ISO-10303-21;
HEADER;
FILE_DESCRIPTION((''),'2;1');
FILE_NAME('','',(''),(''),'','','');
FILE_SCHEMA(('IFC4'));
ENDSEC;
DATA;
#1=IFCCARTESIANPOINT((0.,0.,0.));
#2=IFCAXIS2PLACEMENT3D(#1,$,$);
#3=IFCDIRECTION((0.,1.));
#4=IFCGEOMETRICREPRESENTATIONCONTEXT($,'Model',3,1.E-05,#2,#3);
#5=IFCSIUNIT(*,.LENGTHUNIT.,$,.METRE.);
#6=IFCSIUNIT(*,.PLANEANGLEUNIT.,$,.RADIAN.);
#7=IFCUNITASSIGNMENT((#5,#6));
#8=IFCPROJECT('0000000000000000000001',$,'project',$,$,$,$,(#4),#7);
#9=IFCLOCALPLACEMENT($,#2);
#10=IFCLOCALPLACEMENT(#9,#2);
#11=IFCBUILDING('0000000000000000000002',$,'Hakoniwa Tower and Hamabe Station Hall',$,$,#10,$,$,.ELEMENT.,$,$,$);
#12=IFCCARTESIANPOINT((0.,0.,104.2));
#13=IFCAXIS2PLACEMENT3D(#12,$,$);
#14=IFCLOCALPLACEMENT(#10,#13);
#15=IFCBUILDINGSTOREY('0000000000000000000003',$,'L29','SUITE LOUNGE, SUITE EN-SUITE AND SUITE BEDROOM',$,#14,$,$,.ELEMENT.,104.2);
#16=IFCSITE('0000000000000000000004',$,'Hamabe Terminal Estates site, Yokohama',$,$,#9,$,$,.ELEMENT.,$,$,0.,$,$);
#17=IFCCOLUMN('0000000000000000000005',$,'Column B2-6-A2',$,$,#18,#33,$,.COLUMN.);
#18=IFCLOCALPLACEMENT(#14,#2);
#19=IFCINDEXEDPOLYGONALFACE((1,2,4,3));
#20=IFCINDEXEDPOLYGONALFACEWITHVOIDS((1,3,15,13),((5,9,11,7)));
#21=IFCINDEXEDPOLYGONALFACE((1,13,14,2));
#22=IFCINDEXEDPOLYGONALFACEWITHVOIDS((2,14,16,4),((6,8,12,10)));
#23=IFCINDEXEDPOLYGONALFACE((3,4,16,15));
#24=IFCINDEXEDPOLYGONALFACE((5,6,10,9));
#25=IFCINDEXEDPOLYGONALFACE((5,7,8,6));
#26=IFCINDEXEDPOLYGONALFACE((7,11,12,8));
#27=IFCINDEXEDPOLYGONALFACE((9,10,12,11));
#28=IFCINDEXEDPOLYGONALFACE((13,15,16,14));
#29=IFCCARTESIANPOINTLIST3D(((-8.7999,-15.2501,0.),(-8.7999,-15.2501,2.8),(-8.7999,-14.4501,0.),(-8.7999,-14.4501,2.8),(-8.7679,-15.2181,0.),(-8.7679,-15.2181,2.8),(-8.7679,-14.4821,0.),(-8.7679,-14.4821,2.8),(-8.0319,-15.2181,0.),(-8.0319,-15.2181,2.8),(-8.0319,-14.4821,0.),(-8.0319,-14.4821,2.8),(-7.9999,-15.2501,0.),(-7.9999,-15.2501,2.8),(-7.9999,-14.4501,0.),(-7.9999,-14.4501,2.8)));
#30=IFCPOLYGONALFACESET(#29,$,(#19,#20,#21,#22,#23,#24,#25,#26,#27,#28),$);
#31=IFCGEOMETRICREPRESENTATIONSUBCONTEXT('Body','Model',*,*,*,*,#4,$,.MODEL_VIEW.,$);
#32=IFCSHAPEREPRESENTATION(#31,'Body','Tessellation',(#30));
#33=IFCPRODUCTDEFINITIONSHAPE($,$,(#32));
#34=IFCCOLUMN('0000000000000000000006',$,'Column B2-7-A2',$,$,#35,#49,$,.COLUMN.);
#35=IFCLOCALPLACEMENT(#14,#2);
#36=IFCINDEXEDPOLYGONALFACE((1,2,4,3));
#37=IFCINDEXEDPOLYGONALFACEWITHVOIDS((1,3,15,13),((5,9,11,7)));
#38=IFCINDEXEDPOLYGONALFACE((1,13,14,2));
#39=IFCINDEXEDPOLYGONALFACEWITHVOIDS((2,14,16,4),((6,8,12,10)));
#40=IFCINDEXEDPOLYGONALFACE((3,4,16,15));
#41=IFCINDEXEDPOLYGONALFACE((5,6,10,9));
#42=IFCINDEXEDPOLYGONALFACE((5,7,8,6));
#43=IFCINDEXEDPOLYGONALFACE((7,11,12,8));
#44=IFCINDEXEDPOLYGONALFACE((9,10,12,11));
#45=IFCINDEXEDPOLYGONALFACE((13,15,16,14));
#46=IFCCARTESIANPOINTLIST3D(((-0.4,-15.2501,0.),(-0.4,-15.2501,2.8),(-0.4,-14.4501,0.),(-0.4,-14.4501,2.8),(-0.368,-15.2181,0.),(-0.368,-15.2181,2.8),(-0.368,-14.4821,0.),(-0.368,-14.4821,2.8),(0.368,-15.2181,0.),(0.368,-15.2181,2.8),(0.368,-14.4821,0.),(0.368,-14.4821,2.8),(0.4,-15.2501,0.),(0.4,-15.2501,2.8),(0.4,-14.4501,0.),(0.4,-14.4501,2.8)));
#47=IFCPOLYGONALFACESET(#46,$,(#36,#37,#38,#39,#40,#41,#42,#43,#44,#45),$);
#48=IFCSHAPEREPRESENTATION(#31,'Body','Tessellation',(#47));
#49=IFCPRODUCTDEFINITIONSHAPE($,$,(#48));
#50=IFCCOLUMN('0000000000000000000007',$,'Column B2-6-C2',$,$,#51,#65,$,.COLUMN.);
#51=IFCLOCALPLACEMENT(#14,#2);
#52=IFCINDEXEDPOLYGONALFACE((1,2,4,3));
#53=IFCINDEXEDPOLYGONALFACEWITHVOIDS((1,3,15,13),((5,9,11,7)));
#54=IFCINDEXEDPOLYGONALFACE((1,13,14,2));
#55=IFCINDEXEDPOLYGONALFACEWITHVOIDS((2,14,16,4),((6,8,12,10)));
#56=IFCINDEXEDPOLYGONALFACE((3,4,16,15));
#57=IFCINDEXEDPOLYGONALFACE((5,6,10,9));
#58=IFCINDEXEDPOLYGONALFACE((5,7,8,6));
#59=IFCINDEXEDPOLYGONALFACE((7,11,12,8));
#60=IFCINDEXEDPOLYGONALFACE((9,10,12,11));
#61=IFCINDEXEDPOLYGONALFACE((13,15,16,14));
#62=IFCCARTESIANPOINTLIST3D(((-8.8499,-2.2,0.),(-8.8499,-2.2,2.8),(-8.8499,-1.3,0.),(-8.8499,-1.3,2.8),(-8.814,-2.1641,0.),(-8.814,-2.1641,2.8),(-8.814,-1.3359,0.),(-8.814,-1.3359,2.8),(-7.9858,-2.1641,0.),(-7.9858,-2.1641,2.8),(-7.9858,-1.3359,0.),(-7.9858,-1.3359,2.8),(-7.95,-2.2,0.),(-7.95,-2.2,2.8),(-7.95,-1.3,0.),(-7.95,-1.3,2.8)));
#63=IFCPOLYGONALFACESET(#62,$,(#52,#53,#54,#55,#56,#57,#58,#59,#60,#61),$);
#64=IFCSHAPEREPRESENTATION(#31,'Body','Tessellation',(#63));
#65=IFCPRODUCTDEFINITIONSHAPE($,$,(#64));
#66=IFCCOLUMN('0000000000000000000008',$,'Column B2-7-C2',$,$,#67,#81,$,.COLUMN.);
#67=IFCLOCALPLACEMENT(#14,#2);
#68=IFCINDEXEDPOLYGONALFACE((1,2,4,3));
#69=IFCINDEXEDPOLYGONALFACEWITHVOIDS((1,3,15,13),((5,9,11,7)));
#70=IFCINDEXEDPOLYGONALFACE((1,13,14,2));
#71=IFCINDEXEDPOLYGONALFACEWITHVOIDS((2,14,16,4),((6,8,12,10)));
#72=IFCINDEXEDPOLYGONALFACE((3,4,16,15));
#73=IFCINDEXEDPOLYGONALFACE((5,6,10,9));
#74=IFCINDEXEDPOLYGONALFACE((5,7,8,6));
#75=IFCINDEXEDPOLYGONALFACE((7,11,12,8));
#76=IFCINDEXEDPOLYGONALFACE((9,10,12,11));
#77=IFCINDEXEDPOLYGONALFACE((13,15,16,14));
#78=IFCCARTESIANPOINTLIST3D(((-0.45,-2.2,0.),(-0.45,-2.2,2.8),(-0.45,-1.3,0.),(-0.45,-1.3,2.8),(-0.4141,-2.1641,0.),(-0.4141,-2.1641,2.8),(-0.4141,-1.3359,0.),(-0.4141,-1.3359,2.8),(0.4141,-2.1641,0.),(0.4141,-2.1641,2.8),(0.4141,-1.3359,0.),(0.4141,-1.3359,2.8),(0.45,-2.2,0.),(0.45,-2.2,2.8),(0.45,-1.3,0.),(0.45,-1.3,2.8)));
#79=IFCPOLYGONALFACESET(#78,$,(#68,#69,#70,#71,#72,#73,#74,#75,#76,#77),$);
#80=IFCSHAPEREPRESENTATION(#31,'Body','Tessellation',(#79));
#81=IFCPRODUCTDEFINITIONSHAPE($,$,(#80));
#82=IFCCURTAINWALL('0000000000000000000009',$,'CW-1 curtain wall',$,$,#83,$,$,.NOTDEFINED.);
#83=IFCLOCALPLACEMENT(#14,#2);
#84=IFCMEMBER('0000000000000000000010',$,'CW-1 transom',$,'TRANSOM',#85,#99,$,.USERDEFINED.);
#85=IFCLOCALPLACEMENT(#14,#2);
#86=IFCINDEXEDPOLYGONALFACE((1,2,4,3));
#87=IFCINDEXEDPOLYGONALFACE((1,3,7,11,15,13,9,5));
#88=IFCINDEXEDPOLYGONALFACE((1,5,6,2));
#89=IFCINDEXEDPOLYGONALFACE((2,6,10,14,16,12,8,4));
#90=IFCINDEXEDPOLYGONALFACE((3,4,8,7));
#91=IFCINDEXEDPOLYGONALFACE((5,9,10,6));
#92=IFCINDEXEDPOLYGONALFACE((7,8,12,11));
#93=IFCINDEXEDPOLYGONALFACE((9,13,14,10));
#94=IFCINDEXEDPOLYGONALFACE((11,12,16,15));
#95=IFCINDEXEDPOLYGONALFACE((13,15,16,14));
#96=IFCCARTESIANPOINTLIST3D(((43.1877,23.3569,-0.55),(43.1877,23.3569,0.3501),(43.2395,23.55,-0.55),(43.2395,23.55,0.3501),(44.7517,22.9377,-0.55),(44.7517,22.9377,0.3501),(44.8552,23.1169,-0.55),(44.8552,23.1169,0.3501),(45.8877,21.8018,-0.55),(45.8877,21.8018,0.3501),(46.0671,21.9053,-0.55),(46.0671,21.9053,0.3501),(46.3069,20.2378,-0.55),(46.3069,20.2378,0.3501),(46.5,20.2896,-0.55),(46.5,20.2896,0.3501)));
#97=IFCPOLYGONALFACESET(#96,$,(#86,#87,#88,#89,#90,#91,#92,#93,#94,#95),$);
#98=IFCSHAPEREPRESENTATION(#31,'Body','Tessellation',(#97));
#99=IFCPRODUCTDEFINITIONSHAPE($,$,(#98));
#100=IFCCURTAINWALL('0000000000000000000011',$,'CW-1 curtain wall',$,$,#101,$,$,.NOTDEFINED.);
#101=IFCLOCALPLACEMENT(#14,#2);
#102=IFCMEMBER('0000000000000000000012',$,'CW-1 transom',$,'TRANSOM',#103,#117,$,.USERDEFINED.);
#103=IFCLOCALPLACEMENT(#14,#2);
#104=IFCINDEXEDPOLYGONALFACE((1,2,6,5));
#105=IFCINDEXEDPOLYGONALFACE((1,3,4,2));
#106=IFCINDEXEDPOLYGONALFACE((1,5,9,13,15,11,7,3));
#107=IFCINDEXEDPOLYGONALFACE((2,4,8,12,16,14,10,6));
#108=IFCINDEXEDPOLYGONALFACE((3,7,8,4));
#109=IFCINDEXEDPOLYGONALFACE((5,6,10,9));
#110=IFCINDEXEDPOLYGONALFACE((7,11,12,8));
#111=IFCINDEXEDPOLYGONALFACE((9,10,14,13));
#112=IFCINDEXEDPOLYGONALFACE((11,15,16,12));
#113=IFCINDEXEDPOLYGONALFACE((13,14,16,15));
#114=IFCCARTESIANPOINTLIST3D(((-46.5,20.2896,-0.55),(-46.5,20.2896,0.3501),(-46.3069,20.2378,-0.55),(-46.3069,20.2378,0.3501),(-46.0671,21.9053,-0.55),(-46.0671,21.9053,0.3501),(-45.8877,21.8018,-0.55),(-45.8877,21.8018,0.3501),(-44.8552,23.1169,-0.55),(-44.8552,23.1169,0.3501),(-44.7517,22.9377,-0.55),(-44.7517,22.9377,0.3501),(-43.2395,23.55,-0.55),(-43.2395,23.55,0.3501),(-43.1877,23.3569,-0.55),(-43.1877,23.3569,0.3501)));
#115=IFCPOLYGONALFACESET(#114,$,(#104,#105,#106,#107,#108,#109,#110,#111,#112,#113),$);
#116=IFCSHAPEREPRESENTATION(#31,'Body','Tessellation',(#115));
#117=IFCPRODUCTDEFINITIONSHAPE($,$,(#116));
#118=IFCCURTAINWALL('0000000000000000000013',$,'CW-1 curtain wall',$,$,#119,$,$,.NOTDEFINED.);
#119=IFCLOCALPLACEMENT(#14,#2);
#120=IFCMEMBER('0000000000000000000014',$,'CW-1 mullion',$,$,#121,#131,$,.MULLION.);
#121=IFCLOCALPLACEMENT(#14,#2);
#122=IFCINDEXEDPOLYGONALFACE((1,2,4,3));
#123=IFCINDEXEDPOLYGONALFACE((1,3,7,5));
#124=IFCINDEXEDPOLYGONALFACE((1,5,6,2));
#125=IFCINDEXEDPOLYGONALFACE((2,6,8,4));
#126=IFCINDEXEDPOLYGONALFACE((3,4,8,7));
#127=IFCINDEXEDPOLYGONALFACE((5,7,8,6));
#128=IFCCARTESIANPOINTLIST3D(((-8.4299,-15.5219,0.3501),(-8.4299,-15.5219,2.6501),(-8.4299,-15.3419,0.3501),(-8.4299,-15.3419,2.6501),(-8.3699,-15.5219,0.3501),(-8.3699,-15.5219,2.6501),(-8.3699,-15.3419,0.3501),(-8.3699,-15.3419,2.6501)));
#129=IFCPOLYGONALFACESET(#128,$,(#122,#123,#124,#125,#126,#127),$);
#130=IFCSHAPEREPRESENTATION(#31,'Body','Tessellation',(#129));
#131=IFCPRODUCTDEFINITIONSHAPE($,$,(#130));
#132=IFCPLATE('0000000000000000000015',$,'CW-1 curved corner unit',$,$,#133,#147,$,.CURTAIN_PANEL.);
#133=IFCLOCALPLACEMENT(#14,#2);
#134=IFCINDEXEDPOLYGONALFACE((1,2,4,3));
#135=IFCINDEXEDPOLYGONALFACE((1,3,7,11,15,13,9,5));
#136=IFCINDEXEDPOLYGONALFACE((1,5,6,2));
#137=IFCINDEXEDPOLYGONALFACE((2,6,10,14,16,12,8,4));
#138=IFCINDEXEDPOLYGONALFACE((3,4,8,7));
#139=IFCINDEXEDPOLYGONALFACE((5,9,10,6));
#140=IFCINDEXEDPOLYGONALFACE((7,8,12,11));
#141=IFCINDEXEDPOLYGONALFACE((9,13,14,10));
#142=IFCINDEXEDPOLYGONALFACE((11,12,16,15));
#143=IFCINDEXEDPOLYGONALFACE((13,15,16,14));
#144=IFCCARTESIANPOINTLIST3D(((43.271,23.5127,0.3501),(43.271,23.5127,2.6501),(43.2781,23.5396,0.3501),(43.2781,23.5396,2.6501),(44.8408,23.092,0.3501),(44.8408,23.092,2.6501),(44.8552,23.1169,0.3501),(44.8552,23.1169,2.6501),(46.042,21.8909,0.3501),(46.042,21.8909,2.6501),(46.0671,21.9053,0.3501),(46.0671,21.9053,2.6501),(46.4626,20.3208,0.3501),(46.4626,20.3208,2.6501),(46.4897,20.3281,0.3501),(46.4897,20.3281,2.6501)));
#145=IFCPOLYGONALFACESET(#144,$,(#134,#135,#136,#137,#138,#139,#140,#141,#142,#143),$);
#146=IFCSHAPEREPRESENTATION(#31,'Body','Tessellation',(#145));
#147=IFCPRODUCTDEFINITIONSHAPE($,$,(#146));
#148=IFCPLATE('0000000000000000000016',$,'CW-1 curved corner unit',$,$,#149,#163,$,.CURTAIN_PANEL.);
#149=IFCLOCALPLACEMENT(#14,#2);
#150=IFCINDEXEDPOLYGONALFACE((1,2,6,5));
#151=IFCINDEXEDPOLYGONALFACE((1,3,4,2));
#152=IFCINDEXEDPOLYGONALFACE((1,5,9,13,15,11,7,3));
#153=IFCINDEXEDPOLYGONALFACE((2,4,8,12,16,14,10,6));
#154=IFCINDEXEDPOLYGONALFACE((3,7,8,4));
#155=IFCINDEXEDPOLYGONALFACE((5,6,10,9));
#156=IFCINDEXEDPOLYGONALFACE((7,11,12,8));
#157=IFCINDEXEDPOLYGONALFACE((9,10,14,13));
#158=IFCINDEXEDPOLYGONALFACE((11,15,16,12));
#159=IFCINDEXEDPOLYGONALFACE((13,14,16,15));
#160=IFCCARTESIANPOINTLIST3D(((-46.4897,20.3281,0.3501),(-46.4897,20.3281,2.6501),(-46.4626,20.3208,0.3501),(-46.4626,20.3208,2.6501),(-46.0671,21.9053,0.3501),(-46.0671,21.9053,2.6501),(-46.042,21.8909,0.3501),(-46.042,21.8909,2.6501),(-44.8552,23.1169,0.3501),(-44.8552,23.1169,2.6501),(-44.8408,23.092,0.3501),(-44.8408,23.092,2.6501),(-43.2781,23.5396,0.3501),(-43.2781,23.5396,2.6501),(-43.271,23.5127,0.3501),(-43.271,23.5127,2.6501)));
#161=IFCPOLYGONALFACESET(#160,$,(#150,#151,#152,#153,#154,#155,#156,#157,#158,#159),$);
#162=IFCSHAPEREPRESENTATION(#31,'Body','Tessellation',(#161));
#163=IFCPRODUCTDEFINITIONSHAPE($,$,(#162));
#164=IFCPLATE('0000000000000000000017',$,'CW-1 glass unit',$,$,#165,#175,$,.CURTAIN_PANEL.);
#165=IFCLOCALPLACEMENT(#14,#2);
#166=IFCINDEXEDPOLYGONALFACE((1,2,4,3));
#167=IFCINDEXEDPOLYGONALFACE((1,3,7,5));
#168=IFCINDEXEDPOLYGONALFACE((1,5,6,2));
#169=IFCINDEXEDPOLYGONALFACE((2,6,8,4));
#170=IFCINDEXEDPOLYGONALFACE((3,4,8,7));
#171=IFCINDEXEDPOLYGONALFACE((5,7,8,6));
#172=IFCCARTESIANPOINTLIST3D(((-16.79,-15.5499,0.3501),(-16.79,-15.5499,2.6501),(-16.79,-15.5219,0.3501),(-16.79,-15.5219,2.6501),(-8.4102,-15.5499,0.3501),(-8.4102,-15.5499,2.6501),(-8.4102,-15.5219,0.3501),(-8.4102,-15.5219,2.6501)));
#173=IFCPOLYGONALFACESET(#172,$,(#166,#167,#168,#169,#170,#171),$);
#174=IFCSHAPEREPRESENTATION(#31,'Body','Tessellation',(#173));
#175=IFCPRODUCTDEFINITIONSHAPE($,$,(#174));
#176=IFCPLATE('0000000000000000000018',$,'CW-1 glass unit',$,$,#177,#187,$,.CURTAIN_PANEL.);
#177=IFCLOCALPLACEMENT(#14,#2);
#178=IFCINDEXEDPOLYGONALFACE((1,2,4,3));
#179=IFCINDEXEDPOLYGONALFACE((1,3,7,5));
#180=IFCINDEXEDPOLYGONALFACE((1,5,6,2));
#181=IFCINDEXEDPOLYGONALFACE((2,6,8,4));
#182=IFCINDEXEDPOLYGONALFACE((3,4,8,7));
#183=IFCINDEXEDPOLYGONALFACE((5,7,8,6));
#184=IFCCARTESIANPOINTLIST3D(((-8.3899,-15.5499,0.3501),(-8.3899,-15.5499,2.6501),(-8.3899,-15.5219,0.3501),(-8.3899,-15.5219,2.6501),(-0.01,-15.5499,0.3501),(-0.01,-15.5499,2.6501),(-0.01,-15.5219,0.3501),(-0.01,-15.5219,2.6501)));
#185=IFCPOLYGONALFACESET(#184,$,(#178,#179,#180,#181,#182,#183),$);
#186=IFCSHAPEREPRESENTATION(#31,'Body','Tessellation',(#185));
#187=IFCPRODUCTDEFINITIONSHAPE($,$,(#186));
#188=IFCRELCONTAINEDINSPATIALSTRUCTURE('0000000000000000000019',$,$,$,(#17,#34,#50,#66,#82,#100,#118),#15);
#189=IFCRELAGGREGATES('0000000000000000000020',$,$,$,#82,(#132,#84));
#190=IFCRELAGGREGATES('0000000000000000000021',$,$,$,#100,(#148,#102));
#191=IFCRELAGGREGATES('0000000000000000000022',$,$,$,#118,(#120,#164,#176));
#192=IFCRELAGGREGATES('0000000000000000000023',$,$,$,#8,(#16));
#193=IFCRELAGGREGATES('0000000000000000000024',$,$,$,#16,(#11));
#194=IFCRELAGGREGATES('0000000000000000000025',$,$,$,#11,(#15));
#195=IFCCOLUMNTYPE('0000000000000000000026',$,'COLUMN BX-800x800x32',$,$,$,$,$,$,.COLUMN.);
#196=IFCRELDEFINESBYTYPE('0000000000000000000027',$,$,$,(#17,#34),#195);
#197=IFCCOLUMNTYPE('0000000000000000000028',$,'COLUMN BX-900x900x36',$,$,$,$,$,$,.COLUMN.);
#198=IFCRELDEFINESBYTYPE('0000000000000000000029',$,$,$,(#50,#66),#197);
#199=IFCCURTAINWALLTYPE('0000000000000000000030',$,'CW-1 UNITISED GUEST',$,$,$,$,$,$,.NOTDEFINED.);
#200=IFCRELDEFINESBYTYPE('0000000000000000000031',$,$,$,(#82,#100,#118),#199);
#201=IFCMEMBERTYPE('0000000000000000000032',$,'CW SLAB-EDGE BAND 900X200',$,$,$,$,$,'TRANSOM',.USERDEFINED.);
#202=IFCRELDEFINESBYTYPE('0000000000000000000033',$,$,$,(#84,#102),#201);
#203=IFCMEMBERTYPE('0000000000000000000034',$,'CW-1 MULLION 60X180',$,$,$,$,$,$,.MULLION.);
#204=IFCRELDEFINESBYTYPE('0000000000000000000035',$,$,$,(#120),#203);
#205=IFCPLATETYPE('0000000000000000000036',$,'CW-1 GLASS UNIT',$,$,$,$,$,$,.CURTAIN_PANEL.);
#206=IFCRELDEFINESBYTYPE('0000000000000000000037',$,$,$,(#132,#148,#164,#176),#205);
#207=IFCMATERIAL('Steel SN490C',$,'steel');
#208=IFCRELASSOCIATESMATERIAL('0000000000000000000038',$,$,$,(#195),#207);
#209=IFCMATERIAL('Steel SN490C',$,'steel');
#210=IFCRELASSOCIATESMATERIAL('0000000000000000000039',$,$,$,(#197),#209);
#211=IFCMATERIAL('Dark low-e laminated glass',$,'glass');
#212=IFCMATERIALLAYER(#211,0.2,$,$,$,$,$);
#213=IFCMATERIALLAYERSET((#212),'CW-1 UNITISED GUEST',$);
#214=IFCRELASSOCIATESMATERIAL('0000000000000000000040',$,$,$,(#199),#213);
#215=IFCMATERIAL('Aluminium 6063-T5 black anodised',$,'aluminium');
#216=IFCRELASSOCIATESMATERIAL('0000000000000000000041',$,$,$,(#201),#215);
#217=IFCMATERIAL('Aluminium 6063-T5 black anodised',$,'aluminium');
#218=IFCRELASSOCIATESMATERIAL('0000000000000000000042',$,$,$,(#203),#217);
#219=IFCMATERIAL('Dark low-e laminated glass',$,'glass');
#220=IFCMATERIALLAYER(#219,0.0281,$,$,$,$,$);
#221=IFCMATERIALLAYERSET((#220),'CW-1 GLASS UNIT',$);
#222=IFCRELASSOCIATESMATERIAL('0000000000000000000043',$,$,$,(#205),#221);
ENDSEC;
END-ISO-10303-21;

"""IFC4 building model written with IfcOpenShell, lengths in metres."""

from ifc_helpers import new_model, si_unit, direction, frame, origin, origin_2d, place, context, subcontext, project, spatial, polyline, rectangle, hollow_rectangle, outline, extrude, material, layer, layer_set, material_profile, profile_set, type_object, element, aggregate, save


model = new_model("IFC4")

# Units and contexts
model_context = context("Model", 3, precision=1e-05, world=origin(), true_north=direction((0.0, 1.0)))
body_context = subcontext(model_context, "Body", "Model", "MODEL_VIEW")
ifc_project = project(units=[si_unit("LENGTHUNIT", "METRE"), si_unit("PLANEANGLEUNIT", "RADIAN")], contexts=[model_context])

# Site, building, storey
site_placement = place(None, origin())
site = spatial("IfcSite", under=ifc_project, at=site_placement, Name="Hamabe Terminal Estates site, Yokohama", CompositionType="ELEMENT", RefElevation=0.0)
building_placement = place(site_placement, origin())
building = spatial("IfcBuilding", under=site, at=building_placement, Name="Hakoniwa Tower and Hamabe Station Hall", CompositionType="ELEMENT")
storey_placement = place(building_placement, frame((0.0, 0.0, 104.2)))
storey = spatial("IfcBuildingStorey", under=building, at=storey_placement, Name="L29", Description="SUITE LOUNGE, SUITE EN-SUITE AND SUITE BEDROOM", CompositionType="ELEMENT", Elevation=104.2)

# Columns
ifc_material_1 = material(Name="Steel SN490C", Category="steel")
ifc_material_profile_1 = material_profile(ifc_material_1, hollow_rectangle(XDim=0.8, YDim=0.8, WallThickness=0.032, at=origin_2d()), Name="BX-800x800x32")
ifc_profile_set_1 = profile_set([ifc_material_profile_1], Name="Steel SN490C")
column_type_1 = type_object("IfcColumnType", Name="COLUMN BX-800x800x32", PredefinedType="COLUMN", material=ifc_profile_set_1)
for number, where, z_axis, x_axis, name in (
    (1, (-8.3999, -14.8501, 0.0), (0.0, 0.0, 1.0), (1.0, 0.0, 0.0), "Column B2-6-A2"),
    (2, (0.0, -14.8501, 0.0), (0.0, 0.0, 1.0), (1.0, 0.0, 0.0), "Column B2-7-A2"),
):
    element("IfcColumn", number, at=place(storey_placement, frame(where, z_axis=z_axis, x_axis=x_axis)), inside=storey, type_object=column_type_1, Name=name, PredefinedType="COLUMN", context=body_context, shape_type="SweptSolid", body=[
        extrude(hollow_rectangle(XDim=0.8, YDim=0.8, WallThickness=0.032, at=origin_2d()), origin(), (0.0, 0.0, 1.0), 2.8),
    ])
ifc_material_2 = material(Name="Steel SN490C", Category="steel")
ifc_material_profile_2 = material_profile(ifc_material_2, hollow_rectangle(XDim=0.8999, YDim=0.8999, WallThickness=0.0359, at=origin_2d()), Name="BX-900x900x36")
ifc_profile_set_2 = profile_set([ifc_material_profile_2], Name="Steel SN490C")
column_type_2 = type_object("IfcColumnType", Name="COLUMN BX-900x900x36", PredefinedType="COLUMN", material=ifc_profile_set_2)
for number, where, z_axis, x_axis, name in (
    (3, (-8.3999, -1.75, 0.0), (0.0, 0.0, 1.0), (1.0, 0.0, 0.0), "Column B2-6-C2"),
    (4, (0.0, -1.75, 0.0), (0.0, 0.0, 1.0), (1.0, 0.0, 0.0), "Column B2-7-C2"),
):
    element("IfcColumn", number, at=place(storey_placement, frame(where, z_axis=z_axis, x_axis=x_axis)), inside=storey, type_object=column_type_2, Name=name, PredefinedType="COLUMN", context=body_context, shape_type="SweptSolid", body=[
        extrude(hollow_rectangle(XDim=0.8999, YDim=0.8999, WallThickness=0.0359, at=origin_2d()), origin(), (0.0, 0.0, 1.0), 2.8),
    ])

# Curtain walls, members
ifc_material_3 = material(Name="Dark low-e laminated glass", Category="glass")
ifc_layer_1 = layer(ifc_material_3, 0.2)
ifc_layer_set_1 = layer_set([ifc_layer_1], Name="CW-1 UNITISED GUEST")
curtain_wall_type = type_object("IfcCurtainWallType", Name="CW-1 UNITISED GUEST", PredefinedType="NOTDEFINED", material=ifc_layer_set_1)
curtain_wall_1_placement = place(storey_placement, origin())
curtain_wall_1 = element("IfcCurtainWall", 5, at=curtain_wall_1_placement, inside=storey, type_object=curtain_wall_type, Name="CW-1 curtain wall", PredefinedType="NOTDEFINED")
ifc_material_4 = material(Name="Aluminium 6063-T5 black anodised", Category="aluminium")
ifc_material_profile_3 = material_profile(ifc_material_4, rectangle(XDim=0.2, YDim=0.8999, at=origin_2d()), Name="CW SLAB-EDGE BAND 900X200")
ifc_profile_set_3 = profile_set([ifc_material_profile_3], Name="Aluminium 6063-T5 black anodised")
member_type_1 = type_object("IfcMemberType", Name="CW SLAB-EDGE BAND 900X200", ElementType="TRANSOM", PredefinedType="USERDEFINED", material=ifc_profile_set_3)
member_1_placement = place(storey_placement, frame((0.0, 0.0, -0.55)))
member_1 = element("IfcMember", 6, at=member_1_placement, type_object=member_type_1, Name="CW-1 transom", ObjectType="TRANSOM", PredefinedType="USERDEFINED", context=body_context, shape_type="SweptSolid", body=[
    extrude(outline(polyline([(46.5, 20.2896), (46.0671, 21.9053), (44.8552, 23.1169), (43.2395, 23.55), (43.1877, 23.3569), (44.7517, 22.9377), (45.8877, 21.8018), (46.3069, 20.2378), (46.5, 20.2896)])), origin(), (0.0, 0.0, 1.0), 0.9001),
])
curtain_wall_2_placement = place(storey_placement, origin())
curtain_wall_2 = element("IfcCurtainWall", 7, at=curtain_wall_2_placement, inside=storey, type_object=curtain_wall_type, Name="CW-1 curtain wall", PredefinedType="NOTDEFINED")
member_2_placement = place(storey_placement, frame((0.0, 0.0, -0.55)))
member_2 = element("IfcMember", 8, at=member_2_placement, type_object=member_type_1, Name="CW-1 transom", ObjectType="TRANSOM", PredefinedType="USERDEFINED", context=body_context, shape_type="SweptSolid", body=[
    extrude(outline(polyline([(-43.2395, 23.55), (-44.8552, 23.1169), (-46.0671, 21.9053), (-46.5, 20.2896), (-46.3069, 20.2378), (-45.8877, 21.8018), (-44.7517, 22.9377), (-43.1877, 23.3569), (-43.2395, 23.55)])), origin(), (0.0, 0.0, 1.0), 0.9001),
])
curtain_wall_3_placement = place(storey_placement, origin())
curtain_wall_3 = element("IfcCurtainWall", 9, at=curtain_wall_3_placement, inside=storey, type_object=curtain_wall_type, Name="CW-1 curtain wall", PredefinedType="NOTDEFINED")
ifc_material_5 = material(Name="Aluminium 6063-T5 black anodised", Category="aluminium")
ifc_material_profile_4 = material_profile(ifc_material_5, rectangle(XDim=0.0601, YDim=0.1799, at=origin_2d()), Name="CW-1 MULLION 60X180")
ifc_profile_set_4 = profile_set([ifc_material_profile_4], Name="Aluminium 6063-T5 black anodised")
member_type_2 = type_object("IfcMemberType", Name="CW-1 MULLION 60X180", PredefinedType="MULLION", material=ifc_profile_set_4)
member_3_placement = place(storey_placement, frame((-8.3999, -15.4319, 0.3501), z_axis=(0.0, 0.0, 1.0), x_axis=(1.0, 0.0, 0.0)))
member_3 = element("IfcMember", 10, at=member_3_placement, type_object=member_type_2, Name="CW-1 mullion", PredefinedType="MULLION", context=body_context, shape_type="SweptSolid", body=[
    extrude(rectangle(XDim=0.0601, YDim=0.1799, at=origin_2d()), origin(), (0.0, 0.0, 1.0), 2.3),
])

# Plates
ifc_material_6 = material(Name="Dark low-e laminated glass", Category="glass")
ifc_layer_2 = layer(ifc_material_6, 0.0281)
ifc_layer_set_2 = layer_set([ifc_layer_2], Name="CW-1 GLASS UNIT")
plate_type = type_object("IfcPlateType", Name="CW-1 GLASS UNIT", PredefinedType="CURTAIN_PANEL", material=ifc_layer_set_2)
plate_1_placement = place(storey_placement, frame((0.0, 0.0, 0.3501)))
plate_1 = element("IfcPlate", 11, at=plate_1_placement, type_object=plate_type, Name="CW-1 curved corner unit", PredefinedType="CURTAIN_PANEL", context=body_context, shape_type="SweptSolid", body=[
    extrude(outline(polyline([(46.4897, 20.3281), (46.0671, 21.9053), (44.8552, 23.1169), (43.2781, 23.5396), (43.271, 23.5127), (44.8408, 23.092), (46.042, 21.8909), (46.4626, 20.3208), (46.4897, 20.3281)])), origin(), (0.0, 0.0, 1.0), 2.3),
])
aggregate(curtain_wall_1, [plate_1, member_1])
plate_2_placement = place(storey_placement, frame((0.0, 0.0, 0.3501)))
plate_2 = element("IfcPlate", 12, at=plate_2_placement, type_object=plate_type, Name="CW-1 curved corner unit", PredefinedType="CURTAIN_PANEL", context=body_context, shape_type="SweptSolid", body=[
    extrude(outline(polyline([(-43.2781, 23.5396), (-44.8552, 23.1169), (-46.0671, 21.9053), (-46.4897, 20.3281), (-46.4626, 20.3208), (-46.042, 21.8909), (-44.8408, 23.092), (-43.271, 23.5127), (-43.2781, 23.5396)])), origin(), (0.0, 0.0, 1.0), 2.3),
])
aggregate(curtain_wall_2, [plate_2, member_2])
plate_3_placement = place(storey_placement, frame((-12.6001, -15.5359, 0.3501), z_axis=(0.0, 0.0, 1.0), x_axis=(1.0, 0.0, 0.0)))
plate_3 = element("IfcPlate", 13, at=plate_3_placement, type_object=plate_type, Name="CW-1 glass unit", PredefinedType="CURTAIN_PANEL", context=body_context, shape_type="SweptSolid", body=[
    extrude(rectangle(XDim=8.3799, YDim=0.0281, at=origin_2d()), origin(), (0.0, 0.0, 1.0), 2.3),
])
plate_4_placement = place(storey_placement, frame((-4.2, -15.5359, 0.3501), z_axis=(0.0, 0.0, 1.0), x_axis=(1.0, 0.0, 0.0)))
plate_4 = element("IfcPlate", 14, at=plate_4_placement, type_object=plate_type, Name="CW-1 glass unit", PredefinedType="CURTAIN_PANEL", context=body_context, shape_type="SweptSolid", body=[
    extrude(rectangle(XDim=8.3799, YDim=0.0281, at=origin_2d()), origin(), (0.0, 0.0, 1.0), 2.3),
])
aggregate(curtain_wall_3, [member_3, plate_3, plate_4])

save(model, "model.ifc")
